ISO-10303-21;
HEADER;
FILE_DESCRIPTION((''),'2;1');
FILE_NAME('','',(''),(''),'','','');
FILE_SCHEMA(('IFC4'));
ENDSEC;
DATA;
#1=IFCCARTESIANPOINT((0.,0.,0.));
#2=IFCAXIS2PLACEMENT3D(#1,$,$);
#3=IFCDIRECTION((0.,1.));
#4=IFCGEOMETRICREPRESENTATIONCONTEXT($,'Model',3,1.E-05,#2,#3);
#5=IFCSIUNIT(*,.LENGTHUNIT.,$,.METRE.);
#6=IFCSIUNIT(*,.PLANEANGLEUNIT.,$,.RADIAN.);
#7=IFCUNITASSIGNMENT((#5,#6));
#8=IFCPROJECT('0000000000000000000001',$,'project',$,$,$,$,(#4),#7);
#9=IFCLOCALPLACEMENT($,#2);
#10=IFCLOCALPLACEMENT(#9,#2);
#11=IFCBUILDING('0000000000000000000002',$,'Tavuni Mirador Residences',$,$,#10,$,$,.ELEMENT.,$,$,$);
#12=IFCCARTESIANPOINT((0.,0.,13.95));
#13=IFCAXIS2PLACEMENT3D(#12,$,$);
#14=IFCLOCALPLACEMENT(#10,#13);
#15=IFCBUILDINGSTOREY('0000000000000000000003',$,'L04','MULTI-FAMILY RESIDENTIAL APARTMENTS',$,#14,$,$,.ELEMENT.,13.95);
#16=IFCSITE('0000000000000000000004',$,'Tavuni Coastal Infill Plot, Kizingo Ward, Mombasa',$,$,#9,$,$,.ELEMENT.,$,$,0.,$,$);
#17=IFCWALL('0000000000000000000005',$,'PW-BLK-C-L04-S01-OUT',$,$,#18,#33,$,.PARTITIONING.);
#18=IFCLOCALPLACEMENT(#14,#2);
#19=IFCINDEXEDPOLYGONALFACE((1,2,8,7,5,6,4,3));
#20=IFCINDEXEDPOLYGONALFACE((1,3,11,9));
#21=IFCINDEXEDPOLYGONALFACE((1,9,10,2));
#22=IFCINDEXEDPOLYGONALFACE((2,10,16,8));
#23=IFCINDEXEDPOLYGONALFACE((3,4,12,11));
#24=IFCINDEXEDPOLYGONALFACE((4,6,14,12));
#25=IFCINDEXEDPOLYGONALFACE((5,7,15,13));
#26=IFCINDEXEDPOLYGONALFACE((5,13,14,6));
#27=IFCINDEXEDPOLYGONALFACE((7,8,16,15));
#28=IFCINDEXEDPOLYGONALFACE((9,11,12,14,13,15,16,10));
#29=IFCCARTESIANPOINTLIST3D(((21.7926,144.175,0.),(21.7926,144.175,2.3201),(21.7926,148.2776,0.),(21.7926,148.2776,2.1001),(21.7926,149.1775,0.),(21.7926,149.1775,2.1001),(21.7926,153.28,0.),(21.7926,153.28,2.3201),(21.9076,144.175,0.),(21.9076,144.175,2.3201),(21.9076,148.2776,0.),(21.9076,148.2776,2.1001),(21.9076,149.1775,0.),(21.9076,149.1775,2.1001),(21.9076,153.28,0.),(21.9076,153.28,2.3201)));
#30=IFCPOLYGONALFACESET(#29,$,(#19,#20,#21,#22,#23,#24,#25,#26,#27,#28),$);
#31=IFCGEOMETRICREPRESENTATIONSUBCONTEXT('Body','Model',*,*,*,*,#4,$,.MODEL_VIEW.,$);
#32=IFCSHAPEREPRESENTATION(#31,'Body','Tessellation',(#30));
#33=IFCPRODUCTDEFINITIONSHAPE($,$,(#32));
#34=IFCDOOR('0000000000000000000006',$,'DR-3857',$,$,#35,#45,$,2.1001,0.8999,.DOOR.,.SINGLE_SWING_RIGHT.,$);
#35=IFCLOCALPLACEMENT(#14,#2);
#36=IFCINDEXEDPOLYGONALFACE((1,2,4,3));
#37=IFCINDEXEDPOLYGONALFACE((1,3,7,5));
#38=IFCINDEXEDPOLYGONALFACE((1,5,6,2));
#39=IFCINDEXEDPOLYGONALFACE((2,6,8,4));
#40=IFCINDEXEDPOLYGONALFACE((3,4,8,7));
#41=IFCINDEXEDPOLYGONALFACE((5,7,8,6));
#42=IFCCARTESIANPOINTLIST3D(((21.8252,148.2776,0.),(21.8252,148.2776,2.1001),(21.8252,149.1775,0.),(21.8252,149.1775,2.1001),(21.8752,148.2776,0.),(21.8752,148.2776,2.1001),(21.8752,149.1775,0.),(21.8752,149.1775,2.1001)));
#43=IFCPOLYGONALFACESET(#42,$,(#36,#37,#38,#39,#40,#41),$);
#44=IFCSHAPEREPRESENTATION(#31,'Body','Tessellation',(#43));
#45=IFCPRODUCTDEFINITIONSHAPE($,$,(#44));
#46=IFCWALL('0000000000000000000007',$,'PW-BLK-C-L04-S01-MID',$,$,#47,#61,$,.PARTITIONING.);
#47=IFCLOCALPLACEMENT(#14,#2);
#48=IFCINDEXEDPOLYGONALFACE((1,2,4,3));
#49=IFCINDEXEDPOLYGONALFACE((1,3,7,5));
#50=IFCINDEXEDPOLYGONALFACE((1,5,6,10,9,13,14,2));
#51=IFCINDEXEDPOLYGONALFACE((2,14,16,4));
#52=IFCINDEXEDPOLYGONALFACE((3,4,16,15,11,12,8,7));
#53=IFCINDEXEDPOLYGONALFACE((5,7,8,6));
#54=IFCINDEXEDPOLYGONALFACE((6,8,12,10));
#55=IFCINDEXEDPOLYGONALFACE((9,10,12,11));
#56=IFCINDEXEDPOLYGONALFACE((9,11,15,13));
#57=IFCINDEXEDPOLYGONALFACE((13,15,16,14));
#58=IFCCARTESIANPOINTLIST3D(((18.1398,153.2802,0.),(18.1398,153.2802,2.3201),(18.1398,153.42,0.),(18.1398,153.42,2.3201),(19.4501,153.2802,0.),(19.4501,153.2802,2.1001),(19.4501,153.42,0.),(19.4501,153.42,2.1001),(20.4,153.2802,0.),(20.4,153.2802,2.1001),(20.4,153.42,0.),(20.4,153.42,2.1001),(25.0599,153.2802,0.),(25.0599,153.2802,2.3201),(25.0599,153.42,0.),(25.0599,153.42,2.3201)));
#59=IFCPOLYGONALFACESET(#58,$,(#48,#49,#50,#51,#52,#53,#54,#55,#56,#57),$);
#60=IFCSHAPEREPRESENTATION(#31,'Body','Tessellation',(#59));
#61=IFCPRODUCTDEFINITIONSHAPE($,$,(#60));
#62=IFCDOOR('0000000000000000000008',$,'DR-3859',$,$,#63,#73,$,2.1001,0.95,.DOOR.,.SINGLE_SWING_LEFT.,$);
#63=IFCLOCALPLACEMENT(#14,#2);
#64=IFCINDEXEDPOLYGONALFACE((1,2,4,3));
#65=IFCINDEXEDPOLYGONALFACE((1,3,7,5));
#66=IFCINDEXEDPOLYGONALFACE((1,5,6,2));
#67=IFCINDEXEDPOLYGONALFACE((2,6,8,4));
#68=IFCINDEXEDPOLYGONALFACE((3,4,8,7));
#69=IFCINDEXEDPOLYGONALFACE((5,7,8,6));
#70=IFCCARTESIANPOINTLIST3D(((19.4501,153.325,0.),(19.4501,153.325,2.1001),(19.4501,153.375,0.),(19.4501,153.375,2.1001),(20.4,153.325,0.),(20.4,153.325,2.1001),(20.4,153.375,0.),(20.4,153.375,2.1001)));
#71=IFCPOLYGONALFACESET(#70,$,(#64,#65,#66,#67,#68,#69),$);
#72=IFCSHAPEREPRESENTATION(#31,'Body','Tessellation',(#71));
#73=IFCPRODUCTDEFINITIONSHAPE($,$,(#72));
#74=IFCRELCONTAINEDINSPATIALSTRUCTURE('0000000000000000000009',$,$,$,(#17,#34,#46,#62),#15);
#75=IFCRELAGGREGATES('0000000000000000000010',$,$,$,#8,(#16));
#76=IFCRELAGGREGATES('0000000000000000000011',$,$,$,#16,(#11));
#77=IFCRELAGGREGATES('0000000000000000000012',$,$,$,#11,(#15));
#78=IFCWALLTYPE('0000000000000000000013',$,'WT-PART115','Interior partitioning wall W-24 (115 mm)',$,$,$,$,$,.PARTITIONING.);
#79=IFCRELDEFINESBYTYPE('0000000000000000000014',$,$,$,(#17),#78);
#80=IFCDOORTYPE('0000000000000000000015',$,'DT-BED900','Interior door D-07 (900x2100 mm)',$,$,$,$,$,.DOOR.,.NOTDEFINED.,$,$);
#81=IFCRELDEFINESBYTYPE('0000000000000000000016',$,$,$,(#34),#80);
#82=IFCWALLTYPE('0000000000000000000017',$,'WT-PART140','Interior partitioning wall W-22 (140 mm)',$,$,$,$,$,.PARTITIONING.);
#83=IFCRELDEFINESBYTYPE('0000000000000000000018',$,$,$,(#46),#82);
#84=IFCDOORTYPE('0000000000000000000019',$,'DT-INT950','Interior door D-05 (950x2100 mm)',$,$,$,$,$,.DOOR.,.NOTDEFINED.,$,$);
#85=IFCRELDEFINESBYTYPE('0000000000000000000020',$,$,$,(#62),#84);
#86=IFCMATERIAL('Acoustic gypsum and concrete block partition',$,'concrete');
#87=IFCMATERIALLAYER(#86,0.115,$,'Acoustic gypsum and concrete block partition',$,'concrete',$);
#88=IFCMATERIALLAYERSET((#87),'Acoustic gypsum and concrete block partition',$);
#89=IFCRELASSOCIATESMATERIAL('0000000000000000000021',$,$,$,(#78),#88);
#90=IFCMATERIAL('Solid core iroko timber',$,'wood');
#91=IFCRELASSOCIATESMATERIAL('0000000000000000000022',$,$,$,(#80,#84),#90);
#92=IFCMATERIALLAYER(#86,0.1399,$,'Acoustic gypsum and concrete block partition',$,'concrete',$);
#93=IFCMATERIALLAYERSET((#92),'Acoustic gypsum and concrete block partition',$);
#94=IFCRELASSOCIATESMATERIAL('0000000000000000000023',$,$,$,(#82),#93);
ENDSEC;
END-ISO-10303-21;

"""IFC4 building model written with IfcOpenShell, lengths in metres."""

from ifc_helpers import new_model, si_unit, direction, frame, frame_2d, origin, place, context, subcontext, project, spatial, rectangle, extrude, material, layer, layer_set, type_object, element, fill, save


model = new_model("IFC4")

# Units and contexts
model_context = context("Model", 3, precision=1e-05, world=origin(), true_north=direction((0.0, 1.0)))
body_context = subcontext(model_context, "Body", "Model", "MODEL_VIEW")
ifc_project = project(units=[si_unit("LENGTHUNIT", "METRE"), si_unit("PLANEANGLEUNIT", "RADIAN")], contexts=[model_context])

# Site, building, storey
site_placement = place(None, origin())
site = spatial("IfcSite", under=ifc_project, at=site_placement, Name="Tavuni Coastal Infill Plot, Kizingo Ward, Mombasa", CompositionType="ELEMENT", RefElevation=0.0)
building_placement = place(site_placement, origin())
building = spatial("IfcBuilding", under=site, at=building_placement, Name="Tavuni Mirador Residences", CompositionType="ELEMENT")
storey_placement = place(building_placement, frame((0.0, 0.0, 13.95)))
storey = spatial("IfcBuildingStorey", under=building, at=storey_placement, Name="L04", Description="MULTI-FAMILY RESIDENTIAL APARTMENTS", CompositionType="ELEMENT", Elevation=13.95)

# Shared definitions
ifc_material_1 = material(Name="Solid core iroko timber", Category="wood")

# Walls, openings, doors
ifc_material_2 = material(Name="Acoustic gypsum and concrete block partition", Category="concrete")
ifc_layer_1 = layer(ifc_material_2, 0.115, Name="Acoustic gypsum and concrete block partition", Category="concrete")
ifc_layer_set_1 = layer_set([ifc_layer_1], Name="Acoustic gypsum and concrete block partition")
wall_type_1 = type_object("IfcWallType", Name="WT-PART115", Description="Interior partitioning wall W-24 (115 mm)", PredefinedType="PARTITIONING", material=ifc_layer_set_1)
wall_1_placement = place(storey_placement, frame((21.8501, 144.175, 0.0), z_axis=(0.0, 0.0, 1.0), x_axis=(0.0, 1.0, 0.0)))
wall_1 = element("IfcWall", 1, at=wall_1_placement, inside=storey, type_object=wall_type_1, Name="PW-BLK-C-L04-S01-OUT", PredefinedType="PARTITIONING", context=body_context, shape_type="SweptSolid", body=[
    extrude(rectangle(XDim=9.105, YDim=0.115, at=frame_2d((4.5525, 0.0))), origin(), (0.0, 0.0, 1.0), 2.3201),
])
opening_1_placement = place(wall_1_placement, frame((4.1025, 0.0, 0.0)))
opening_1 = element("IfcOpeningElement", 2, at=opening_1_placement, cuts=wall_1, PredefinedType="OPENING", context=body_context, shape_type="SweptSolid", body=[
    extrude(rectangle(XDim=0.8999, YDim=2.1001, at=frame_2d((0.45, 1.05))), frame((0.0, 0.0674, 0.0), z_axis=(0.0, -1.0, 0.0), x_axis=(1.0, 0.0, 0.0)), (0.0, 0.0, 1.0), 0.135),
])
door_type_1 = type_object("IfcDoorType", Name="DT-BED900", Description="Interior door D-07 (900x2100 mm)", OperationType="NOTDEFINED", PredefinedType="DOOR", material=ifc_material_1)
door_1_placement = place(opening_1_placement, origin())
door_1 = element("IfcDoor", 3, at=door_1_placement, inside=storey, type_object=door_type_1, Name="DR-3857", OperationType="SINGLE_SWING_RIGHT", OverallHeight=2.1001, OverallWidth=0.8999, PredefinedType="DOOR", context=body_context, shape_type="SweptSolid", body=[
    extrude(rectangle(XDim=0.8999, YDim=2.1001, at=frame_2d((0.45, 1.05))), frame((0.0, 0.0249, 0.0), z_axis=(0.0, -1.0, 0.0), x_axis=(1.0, 0.0, 0.0)), (0.0, 0.0, 1.0), 0.05),
])
fill(opening_1, door_1)
ifc_layer_2 = layer(ifc_material_2, 0.1399, Name="Acoustic gypsum and concrete block partition", Category="concrete")
ifc_layer_set_2 = layer_set([ifc_layer_2], Name="Acoustic gypsum and concrete block partition")
wall_type_2 = type_object("IfcWallType", Name="WT-PART140", Description="Interior partitioning wall W-22 (140 mm)", PredefinedType="PARTITIONING", material=ifc_layer_set_2)
wall_2_placement = place(storey_placement, frame((18.1399, 153.3501, 0.0), z_axis=(0.0, 0.0, 1.0), x_axis=(1.0, 0.0, 0.0)))
wall_2 = element("IfcWall", 4, at=wall_2_placement, inside=storey, type_object=wall_type_2, Name="PW-BLK-C-L04-S01-MID", PredefinedType="PARTITIONING", context=body_context, shape_type="SweptSolid", body=[
    extrude(rectangle(XDim=6.9202, YDim=0.1399, at=frame_2d((3.46, 0.0))), origin(), (0.0, 0.0, 1.0), 2.3201),
])
opening_2_placement = place(wall_2_placement, frame((1.3101, 0.0, 0.0)))
opening_2 = element("IfcOpeningElement", 5, at=opening_2_placement, cuts=wall_2, PredefinedType="OPENING", context=body_context, shape_type="SweptSolid", body=[
    extrude(rectangle(XDim=0.95, YDim=2.1001, at=frame_2d((0.4751, 1.05))), frame((0.0, 0.0801, 0.0), z_axis=(0.0, -1.0, 0.0), x_axis=(1.0, 0.0, 0.0)), (0.0, 0.0, 1.0), 0.1599),
])
door_type_2 = type_object("IfcDoorType", Name="DT-INT950", Description="Interior door D-05 (950x2100 mm)", OperationType="NOTDEFINED", PredefinedType="DOOR", material=ifc_material_1)
door_2_placement = place(opening_2_placement, origin())
door_2 = element("IfcDoor", 6, at=door_2_placement, inside=storey, type_object=door_type_2, Name="DR-3859", OperationType="SINGLE_SWING_LEFT", OverallHeight=2.1001, OverallWidth=0.95, PredefinedType="DOOR", context=body_context, shape_type="SweptSolid", body=[
    extrude(rectangle(XDim=0.95, YDim=2.1001, at=frame_2d((0.4751, 1.05))), frame((0.0, 0.0249, 0.0), z_axis=(0.0, -1.0, 0.0), x_axis=(1.0, 0.0, 0.0)), (0.0, 0.0, 1.0), 0.05),
])
fill(opening_2, door_2)

save(model, "model.ifc")
